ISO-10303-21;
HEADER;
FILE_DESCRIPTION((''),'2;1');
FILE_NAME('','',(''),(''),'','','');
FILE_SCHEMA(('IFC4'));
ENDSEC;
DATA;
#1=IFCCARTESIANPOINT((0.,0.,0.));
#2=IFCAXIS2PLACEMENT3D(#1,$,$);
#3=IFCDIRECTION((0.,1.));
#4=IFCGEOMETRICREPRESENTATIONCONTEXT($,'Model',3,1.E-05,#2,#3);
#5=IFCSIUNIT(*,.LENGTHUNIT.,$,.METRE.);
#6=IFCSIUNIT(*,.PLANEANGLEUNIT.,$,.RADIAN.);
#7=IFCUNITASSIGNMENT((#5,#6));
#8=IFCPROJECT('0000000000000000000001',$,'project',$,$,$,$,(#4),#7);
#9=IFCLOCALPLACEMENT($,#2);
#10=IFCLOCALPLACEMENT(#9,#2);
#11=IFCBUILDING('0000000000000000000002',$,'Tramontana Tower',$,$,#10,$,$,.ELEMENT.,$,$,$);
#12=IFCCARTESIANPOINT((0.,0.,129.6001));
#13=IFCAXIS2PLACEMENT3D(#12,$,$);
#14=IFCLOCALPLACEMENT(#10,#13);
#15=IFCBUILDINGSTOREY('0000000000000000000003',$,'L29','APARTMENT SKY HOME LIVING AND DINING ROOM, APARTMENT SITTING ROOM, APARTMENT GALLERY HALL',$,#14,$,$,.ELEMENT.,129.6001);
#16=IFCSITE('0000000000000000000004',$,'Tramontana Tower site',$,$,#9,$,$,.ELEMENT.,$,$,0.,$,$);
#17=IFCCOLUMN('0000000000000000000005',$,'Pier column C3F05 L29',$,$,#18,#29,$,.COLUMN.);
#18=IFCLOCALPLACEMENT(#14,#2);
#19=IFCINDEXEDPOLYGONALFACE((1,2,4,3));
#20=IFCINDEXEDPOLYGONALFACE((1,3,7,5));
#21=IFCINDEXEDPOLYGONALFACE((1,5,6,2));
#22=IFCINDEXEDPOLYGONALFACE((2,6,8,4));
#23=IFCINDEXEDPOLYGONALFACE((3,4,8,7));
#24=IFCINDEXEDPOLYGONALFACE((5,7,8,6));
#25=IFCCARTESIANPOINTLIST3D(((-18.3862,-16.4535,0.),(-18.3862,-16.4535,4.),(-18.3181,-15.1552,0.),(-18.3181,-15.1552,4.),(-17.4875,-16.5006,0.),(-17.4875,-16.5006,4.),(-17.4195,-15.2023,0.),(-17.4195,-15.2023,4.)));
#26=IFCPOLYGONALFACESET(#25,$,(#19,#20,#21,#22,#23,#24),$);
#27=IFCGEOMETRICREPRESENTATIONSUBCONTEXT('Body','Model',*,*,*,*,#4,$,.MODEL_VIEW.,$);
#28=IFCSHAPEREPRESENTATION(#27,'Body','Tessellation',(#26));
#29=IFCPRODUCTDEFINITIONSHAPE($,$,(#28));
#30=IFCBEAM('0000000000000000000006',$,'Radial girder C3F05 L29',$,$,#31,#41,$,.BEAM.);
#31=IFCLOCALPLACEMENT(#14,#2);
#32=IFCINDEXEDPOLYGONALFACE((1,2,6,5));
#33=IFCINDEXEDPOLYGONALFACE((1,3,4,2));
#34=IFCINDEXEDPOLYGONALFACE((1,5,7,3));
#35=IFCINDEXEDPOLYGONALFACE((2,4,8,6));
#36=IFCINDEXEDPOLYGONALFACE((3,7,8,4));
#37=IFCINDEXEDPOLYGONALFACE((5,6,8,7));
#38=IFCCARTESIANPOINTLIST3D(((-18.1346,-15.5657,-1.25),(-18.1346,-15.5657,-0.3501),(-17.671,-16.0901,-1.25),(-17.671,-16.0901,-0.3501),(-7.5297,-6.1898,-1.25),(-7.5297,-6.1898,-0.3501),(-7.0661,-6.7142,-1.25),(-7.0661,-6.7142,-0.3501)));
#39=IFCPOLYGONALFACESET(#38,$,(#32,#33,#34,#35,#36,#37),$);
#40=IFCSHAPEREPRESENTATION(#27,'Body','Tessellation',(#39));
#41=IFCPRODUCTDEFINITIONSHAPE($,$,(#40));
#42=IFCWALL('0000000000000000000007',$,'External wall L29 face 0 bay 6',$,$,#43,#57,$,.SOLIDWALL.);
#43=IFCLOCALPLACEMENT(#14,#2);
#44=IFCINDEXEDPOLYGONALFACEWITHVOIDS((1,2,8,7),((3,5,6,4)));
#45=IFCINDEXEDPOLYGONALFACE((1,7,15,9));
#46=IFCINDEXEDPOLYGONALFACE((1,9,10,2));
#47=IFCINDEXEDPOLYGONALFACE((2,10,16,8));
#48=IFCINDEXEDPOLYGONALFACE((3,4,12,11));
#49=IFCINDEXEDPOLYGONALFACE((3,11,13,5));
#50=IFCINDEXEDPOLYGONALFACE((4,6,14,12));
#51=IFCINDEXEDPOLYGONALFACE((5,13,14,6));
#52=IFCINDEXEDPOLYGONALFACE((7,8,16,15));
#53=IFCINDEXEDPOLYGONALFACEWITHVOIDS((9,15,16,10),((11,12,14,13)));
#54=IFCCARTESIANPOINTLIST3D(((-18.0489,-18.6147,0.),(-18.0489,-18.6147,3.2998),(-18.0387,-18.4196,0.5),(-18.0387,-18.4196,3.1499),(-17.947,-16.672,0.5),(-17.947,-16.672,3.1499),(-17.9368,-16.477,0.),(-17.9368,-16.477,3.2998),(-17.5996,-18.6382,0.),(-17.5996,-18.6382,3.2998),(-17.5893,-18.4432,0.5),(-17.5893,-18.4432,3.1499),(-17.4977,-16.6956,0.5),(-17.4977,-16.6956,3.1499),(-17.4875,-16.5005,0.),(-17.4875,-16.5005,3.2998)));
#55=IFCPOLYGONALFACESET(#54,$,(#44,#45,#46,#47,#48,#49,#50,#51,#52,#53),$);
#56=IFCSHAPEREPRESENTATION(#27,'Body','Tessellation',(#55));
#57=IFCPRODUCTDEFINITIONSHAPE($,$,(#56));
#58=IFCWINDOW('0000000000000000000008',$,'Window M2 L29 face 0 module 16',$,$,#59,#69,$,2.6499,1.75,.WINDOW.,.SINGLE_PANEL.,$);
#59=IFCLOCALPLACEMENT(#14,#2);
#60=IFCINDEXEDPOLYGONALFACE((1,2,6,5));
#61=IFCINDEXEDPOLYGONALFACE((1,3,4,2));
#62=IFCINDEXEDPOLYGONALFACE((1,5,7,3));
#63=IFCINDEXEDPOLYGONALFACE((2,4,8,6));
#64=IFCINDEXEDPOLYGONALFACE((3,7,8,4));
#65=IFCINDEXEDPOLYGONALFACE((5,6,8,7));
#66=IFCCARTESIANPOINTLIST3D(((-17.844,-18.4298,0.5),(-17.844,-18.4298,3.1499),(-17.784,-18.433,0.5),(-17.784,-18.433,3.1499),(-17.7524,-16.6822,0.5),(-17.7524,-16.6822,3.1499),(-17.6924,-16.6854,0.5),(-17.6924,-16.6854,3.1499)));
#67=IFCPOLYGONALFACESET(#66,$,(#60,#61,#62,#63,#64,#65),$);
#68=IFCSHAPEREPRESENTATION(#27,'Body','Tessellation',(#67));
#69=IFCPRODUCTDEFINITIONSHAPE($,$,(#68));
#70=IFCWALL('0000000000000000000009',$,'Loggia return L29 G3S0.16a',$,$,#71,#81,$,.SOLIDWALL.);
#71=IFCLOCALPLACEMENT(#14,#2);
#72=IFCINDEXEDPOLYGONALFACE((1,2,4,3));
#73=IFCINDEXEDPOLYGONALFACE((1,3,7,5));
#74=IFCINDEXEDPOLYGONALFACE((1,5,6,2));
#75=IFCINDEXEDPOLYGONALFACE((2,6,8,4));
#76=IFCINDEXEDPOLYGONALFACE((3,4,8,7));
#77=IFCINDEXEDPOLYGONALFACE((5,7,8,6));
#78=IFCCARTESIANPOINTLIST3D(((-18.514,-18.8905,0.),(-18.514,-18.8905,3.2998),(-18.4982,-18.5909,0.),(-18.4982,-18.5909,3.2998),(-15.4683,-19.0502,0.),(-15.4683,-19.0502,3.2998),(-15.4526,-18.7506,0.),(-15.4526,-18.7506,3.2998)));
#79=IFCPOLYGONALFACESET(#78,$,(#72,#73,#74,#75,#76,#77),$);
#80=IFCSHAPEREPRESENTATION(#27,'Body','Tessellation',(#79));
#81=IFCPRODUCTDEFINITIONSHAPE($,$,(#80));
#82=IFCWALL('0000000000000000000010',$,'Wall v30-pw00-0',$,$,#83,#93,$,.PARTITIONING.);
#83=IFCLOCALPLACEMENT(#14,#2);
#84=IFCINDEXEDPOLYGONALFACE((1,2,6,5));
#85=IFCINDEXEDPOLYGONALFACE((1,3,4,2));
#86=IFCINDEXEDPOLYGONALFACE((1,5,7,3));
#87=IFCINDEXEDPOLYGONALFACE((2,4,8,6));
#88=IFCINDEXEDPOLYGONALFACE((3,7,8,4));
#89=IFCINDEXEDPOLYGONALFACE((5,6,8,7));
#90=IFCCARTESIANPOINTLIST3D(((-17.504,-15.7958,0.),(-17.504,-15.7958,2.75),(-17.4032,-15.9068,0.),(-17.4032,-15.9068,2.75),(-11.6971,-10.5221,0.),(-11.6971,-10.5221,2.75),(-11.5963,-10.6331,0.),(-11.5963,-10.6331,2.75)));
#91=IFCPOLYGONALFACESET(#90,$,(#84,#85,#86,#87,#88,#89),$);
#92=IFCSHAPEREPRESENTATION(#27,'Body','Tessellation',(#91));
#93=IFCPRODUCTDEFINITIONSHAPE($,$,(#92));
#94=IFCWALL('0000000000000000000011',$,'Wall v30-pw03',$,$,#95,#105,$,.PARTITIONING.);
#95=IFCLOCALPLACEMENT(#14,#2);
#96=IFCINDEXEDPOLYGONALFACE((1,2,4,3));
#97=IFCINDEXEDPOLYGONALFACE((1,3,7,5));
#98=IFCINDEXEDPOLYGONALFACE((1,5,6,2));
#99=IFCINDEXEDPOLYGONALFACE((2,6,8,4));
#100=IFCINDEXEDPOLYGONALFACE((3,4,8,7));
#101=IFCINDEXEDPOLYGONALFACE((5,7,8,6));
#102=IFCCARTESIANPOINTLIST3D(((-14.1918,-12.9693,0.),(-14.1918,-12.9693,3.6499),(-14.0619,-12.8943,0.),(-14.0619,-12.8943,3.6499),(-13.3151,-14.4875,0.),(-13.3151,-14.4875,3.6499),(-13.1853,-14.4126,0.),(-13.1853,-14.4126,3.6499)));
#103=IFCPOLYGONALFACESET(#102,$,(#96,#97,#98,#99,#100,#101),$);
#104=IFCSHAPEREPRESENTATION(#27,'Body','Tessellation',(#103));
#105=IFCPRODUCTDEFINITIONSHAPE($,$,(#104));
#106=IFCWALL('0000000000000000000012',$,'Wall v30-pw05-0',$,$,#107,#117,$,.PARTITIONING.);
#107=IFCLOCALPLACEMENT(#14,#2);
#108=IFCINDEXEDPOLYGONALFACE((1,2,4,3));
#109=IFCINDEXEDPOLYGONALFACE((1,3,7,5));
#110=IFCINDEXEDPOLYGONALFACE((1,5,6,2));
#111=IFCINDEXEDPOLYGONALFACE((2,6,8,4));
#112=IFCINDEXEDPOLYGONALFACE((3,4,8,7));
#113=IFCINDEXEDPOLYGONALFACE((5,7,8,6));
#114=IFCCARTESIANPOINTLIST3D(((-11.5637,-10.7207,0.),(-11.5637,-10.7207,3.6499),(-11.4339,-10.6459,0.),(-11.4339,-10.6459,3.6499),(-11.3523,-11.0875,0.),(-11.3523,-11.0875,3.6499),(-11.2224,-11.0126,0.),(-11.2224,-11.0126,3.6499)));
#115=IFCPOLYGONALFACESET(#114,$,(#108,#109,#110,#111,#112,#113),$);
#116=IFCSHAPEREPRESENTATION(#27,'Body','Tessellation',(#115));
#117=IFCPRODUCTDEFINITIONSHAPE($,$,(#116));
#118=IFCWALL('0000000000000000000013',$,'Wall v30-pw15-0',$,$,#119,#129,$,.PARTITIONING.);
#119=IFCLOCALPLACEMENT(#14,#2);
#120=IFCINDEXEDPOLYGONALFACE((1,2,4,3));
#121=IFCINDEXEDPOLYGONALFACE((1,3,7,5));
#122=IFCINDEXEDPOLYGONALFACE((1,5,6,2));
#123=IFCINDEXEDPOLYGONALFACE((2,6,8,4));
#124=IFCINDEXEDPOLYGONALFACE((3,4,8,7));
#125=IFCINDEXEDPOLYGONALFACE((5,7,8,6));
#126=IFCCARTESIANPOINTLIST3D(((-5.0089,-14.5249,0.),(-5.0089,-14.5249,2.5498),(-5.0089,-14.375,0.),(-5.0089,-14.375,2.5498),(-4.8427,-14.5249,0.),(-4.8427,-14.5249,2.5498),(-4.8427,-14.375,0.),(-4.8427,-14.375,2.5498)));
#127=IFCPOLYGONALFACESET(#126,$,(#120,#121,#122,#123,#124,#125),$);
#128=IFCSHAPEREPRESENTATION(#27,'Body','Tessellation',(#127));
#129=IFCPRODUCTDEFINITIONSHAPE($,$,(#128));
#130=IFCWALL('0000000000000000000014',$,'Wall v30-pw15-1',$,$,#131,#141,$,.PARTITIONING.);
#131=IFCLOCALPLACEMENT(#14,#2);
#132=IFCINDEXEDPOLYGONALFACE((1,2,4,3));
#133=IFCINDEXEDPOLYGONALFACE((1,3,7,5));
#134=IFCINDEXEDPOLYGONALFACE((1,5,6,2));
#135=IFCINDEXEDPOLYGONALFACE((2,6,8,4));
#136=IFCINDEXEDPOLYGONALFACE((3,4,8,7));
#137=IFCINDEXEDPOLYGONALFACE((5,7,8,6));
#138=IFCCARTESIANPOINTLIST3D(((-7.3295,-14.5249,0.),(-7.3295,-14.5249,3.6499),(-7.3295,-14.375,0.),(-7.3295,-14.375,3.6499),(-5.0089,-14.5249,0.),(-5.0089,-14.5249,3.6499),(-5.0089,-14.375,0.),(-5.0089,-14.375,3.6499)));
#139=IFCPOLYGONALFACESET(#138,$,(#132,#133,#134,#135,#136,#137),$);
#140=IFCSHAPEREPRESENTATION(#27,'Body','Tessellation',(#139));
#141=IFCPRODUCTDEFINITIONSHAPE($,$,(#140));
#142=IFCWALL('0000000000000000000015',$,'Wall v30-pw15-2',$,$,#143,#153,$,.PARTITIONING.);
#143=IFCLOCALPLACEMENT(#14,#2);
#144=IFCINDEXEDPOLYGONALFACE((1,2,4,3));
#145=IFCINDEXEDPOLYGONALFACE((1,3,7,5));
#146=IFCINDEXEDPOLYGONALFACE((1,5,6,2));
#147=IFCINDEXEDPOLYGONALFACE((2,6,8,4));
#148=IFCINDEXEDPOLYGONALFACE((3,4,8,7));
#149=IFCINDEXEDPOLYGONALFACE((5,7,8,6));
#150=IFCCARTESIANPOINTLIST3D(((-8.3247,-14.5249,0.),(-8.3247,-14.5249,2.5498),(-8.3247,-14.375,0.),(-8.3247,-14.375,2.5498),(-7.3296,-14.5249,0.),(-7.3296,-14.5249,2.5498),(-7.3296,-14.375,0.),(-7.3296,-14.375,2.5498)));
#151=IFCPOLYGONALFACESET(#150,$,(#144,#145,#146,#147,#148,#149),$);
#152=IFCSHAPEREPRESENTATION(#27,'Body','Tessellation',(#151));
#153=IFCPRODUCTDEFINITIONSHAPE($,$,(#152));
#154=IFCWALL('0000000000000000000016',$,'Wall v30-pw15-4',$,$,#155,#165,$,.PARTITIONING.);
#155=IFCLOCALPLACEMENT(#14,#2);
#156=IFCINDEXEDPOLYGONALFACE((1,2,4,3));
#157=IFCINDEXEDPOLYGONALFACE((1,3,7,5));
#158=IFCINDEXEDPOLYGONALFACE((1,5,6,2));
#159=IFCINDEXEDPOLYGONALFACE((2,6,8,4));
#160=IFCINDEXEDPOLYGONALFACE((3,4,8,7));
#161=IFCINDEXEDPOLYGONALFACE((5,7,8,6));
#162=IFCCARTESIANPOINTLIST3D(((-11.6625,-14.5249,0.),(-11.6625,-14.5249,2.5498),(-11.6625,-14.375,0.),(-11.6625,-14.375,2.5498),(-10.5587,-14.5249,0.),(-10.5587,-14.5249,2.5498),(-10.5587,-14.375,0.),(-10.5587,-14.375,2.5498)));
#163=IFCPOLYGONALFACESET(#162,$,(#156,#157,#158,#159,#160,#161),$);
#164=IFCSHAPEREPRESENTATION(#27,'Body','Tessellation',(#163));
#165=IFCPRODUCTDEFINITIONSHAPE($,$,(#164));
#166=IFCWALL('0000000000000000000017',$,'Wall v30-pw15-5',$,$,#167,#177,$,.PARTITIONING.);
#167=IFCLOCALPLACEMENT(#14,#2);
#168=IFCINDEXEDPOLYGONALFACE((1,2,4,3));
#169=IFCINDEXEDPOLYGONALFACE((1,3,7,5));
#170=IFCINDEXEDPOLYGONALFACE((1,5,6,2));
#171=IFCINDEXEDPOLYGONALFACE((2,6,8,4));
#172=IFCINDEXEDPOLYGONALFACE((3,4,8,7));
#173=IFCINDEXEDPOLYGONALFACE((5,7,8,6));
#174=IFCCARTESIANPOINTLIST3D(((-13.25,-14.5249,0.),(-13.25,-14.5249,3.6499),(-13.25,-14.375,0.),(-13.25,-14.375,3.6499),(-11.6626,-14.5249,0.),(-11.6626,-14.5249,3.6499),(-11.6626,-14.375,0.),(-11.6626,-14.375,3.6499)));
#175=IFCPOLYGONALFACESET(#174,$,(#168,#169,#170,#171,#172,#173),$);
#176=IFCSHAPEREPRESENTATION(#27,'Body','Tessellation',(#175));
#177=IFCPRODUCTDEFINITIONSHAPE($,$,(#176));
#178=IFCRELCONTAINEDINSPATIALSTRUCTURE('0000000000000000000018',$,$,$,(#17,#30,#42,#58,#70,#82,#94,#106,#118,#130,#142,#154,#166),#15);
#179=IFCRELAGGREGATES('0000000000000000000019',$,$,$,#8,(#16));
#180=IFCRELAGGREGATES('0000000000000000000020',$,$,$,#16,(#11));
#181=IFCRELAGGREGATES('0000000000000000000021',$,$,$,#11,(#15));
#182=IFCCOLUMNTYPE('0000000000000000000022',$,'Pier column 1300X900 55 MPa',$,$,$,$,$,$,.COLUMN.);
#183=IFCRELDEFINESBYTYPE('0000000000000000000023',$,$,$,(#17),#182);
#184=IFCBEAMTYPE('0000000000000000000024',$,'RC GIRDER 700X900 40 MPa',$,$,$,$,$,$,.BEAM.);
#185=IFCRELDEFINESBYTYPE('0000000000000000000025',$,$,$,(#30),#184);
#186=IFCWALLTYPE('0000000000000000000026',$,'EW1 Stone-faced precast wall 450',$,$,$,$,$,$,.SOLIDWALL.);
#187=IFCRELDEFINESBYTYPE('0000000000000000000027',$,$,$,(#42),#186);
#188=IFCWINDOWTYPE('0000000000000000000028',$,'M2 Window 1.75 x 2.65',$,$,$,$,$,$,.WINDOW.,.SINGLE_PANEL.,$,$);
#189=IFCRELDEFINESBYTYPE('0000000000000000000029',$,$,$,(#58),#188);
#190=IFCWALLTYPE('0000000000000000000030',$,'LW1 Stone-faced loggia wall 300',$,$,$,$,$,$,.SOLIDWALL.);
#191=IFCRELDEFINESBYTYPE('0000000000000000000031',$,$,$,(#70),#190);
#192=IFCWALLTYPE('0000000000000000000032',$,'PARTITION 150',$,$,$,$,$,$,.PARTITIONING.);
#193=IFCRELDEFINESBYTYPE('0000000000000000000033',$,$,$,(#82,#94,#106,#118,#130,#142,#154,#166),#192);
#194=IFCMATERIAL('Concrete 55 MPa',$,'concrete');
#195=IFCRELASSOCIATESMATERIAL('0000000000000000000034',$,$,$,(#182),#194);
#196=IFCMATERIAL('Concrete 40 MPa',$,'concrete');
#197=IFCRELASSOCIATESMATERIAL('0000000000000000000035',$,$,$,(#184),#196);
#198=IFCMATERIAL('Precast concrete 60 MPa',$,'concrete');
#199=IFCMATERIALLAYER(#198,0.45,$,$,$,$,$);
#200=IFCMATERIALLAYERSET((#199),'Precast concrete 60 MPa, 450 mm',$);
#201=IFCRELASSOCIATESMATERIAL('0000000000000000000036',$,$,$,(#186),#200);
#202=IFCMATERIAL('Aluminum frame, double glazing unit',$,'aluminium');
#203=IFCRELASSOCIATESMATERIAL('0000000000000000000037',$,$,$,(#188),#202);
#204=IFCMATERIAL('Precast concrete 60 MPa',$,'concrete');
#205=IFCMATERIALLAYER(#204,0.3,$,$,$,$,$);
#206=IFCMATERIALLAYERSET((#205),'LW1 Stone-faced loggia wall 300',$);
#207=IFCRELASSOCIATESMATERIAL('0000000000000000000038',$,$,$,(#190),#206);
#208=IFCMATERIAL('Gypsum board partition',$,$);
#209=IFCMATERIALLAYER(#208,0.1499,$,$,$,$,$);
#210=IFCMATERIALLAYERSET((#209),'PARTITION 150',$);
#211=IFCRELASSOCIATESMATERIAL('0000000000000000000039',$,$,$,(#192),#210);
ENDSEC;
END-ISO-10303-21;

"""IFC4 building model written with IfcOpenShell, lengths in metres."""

from ifc_helpers import new_model, si_unit, direction, frame, frame_2d, origin, origin_2d, place, context, subcontext, project, spatial, rectangle, extrude, material, layer, layer_set, material_profile, profile_set, type_object, element, fill, save


model = new_model("IFC4")

# Units and contexts
model_context = context("Model", 3, precision=1e-05, world=origin(), true_north=direction((0.0, 1.0)))
body_context = subcontext(model_context, "Body", "Model", "MODEL_VIEW")
ifc_project = project(units=[si_unit("LENGTHUNIT", "METRE"), si_unit("PLANEANGLEUNIT", "RADIAN")], contexts=[model_context])

# Site, building, storey
site_placement = place(None, origin())
site = spatial("IfcSite", under=ifc_project, at=site_placement, Name="Tramontana Tower site", CompositionType="ELEMENT", RefElevation=0.0)
building_placement = place(site_placement, origin())
building = spatial("IfcBuilding", under=site, at=building_placement, Name="Tramontana Tower", CompositionType="ELEMENT")
storey_placement = place(building_placement, frame((0.0, 0.0, 129.6001)))
storey = spatial("IfcBuildingStorey", under=building, at=storey_placement, Name="L29", Description="APARTMENT SKY HOME LIVING AND DINING ROOM, APARTMENT SITTING ROOM, APARTMENT GALLERY HALL", CompositionType="ELEMENT", Elevation=129.6001)

# Column
ifc_material_1 = material(Name="Concrete 55 MPa", Category="concrete")
ifc_material_profile_1 = material_profile(ifc_material_1, rectangle(XDim=1.3, YDim=0.8999, at=origin_2d()), Name="Pier column 1300X900 55 MPa")
ifc_profile_set_1 = profile_set([ifc_material_profile_1], Name="Concrete 55 MPa")
column_type = type_object("IfcColumnType", Name="Pier column 1300X900 55 MPa", PredefinedType="COLUMN", material=ifc_profile_set_1)
column_placement = place(storey_placement, frame((-17.9028, -15.8279, 0.0), z_axis=(0.0, 0.0, 1.0), x_axis=(-0.052336, -0.99863, 0.0)))
element("IfcColumn", 1, at=column_placement, inside=storey, type_object=column_type, Name="Pier column C3F05 L29", PredefinedType="COLUMN", context=body_context, shape_type="SweptSolid", body=[
    extrude(rectangle(XDim=1.3, YDim=0.8999, at=origin_2d()), origin(), (0.0, 0.0, 1.0), 4.0),
])

# Beam
ifc_material_2 = material(Name="Concrete 40 MPa", Category="concrete")
ifc_material_profile_2 = material_profile(ifc_material_2, rectangle(XDim=0.7, YDim=0.8999, at=origin_2d()), Name="RC GIRDER 700X900 40 MPa")
ifc_profile_set_2 = profile_set([ifc_material_profile_2], Name="Concrete 40 MPa")
beam_type = type_object("IfcBeamType", Name="RC GIRDER 700X900 40 MPa", PredefinedType="BEAM", material=ifc_profile_set_2)
beam_placement = place(storey_placement, frame((-17.9028, -15.8279, -0.8), z_axis=(0.749184, 0.662362, 0.0), x_axis=(-0.662362, 0.749184, 0.0)))
element("IfcBeam", 2, at=beam_placement, inside=storey, type_object=beam_type, Name="Radial girder C3F05 L29", PredefinedType="BEAM", context=body_context, shape_type="SweptSolid", body=[
    extrude(rectangle(XDim=0.7, YDim=0.8999, at=origin_2d()), origin(), (0.0, 0.0, 1.0), 14.1553),
])

# Wall, opening, window
ifc_material_3 = material(Name="Precast concrete 60 MPa", Category="concrete")
ifc_layer_1 = layer(ifc_material_3, 0.45)
ifc_layer_set_1 = layer_set([ifc_layer_1], Name="Precast concrete 60 MPa, 450 mm")
wall_type_1 = type_object("IfcWallType", Name="EW1 Stone-faced precast wall 450", PredefinedType="SOLIDWALL", material=ifc_layer_set_1)
wall_1_placement = place(storey_placement, frame((-17.7122, -16.4888, 0.0), z_axis=(0.0, 0.0, 1.0), x_axis=(-0.052349, -0.998629, 0.0)))
wall_1 = element("IfcWall", 3, at=wall_1_placement, inside=storey, type_object=wall_type_1, Name="External wall L29 face 0 bay 6", PredefinedType="SOLIDWALL", context=body_context, shape_type="SweptSolid", body=[
    extrude(rectangle(XDim=2.1406, YDim=0.45, at=frame_2d((1.0703, 0.0))), origin(), (0.0, 0.0, 1.0), 3.2998),
])
opening_1_placement = place(wall_1_placement, frame((0.1953, 0.0, 0.5)))
opening_1 = element("IfcOpeningElement", 4, at=opening_1_placement, cuts=wall_1, PredefinedType="OPENING", context=body_context, shape_type="SweptSolid", body=[
    extrude(rectangle(XDim=1.75, YDim=2.6499, at=frame_2d((0.875, 1.325))), frame((0.0, 0.2349, 0.0), z_axis=(0.0, -1.0, 0.0), x_axis=(1.0, 0.0, 0.0)), (0.0, 0.0, 1.0), 0.47),
])
ifc_material_4 = material(Name="Aluminum frame, double glazing unit", Category="aluminium")
window_type = type_object("IfcWindowType", Name="M2 Window 1.75 x 2.65", PartitioningType="SINGLE_PANEL", PredefinedType="WINDOW", material=ifc_material_4)
window_placement = place(opening_1_placement, origin())
window = element("IfcWindow", 5, at=window_placement, inside=storey, type_object=window_type, Name="Window M2 L29 face 0 module 16", OverallHeight=2.6499, OverallWidth=1.75, PartitioningType="SINGLE_PANEL", PredefinedType="WINDOW", context=body_context, shape_type="SweptSolid", body=[
    extrude(rectangle(XDim=1.75, YDim=2.6499, at=frame_2d((0.875, 1.325))), frame((0.0, 0.03, 0.0), z_axis=(0.0, -1.0, 0.0), x_axis=(1.0, 0.0, 0.0)), (0.0, 0.0, 1.0), 0.0601),
])
fill(opening_1, window)

# Walls
ifc_material_5 = material(Name="Precast concrete 60 MPa", Category="concrete")
ifc_layer_2 = layer(ifc_material_5, 0.3)
ifc_layer_set_2 = layer_set([ifc_layer_2], Name="LW1 Stone-faced loggia wall 300")
wall_type_2 = type_object("IfcWallType", Name="LW1 Stone-faced loggia wall 300", PredefinedType="SOLIDWALL", material=ifc_layer_set_2)
wall_2_placement = place(storey_placement, frame((-18.5061, -18.7407, 0.0), z_axis=(0.0, 0.0, 1.0), x_axis=(0.998629, -0.052353, 0.0)))
element("IfcWall", 6, at=wall_2_placement, inside=storey, type_object=wall_type_2, Name="Loggia return L29 G3S0.16a", PredefinedType="SOLIDWALL", context=body_context, shape_type="SweptSolid", body=[
    extrude(rectangle(XDim=3.0498, YDim=0.3, at=frame_2d((1.5249, 0.0))), origin(), (0.0, 0.0, 1.0), 3.2998),
])
ifc_material_6 = material(Name="Gypsum board partition")
ifc_layer_3 = layer(ifc_material_6, 0.1499)
ifc_layer_set_3 = layer_set([ifc_layer_3], Name="PARTITION 150")
wall_type_3 = type_object("IfcWallType", Name="PARTITION 150", PredefinedType="PARTITIONING", material=ifc_layer_set_3)
wall_3_placement = place(storey_placement, frame((-17.4536, -15.8513, 0.0), z_axis=(0.0, 0.0, 1.0), x_axis=(0.740277, 0.672302, 0.0)))
element("IfcWall", 7, at=wall_3_placement, inside=storey, type_object=wall_type_3, Name="Wall v30-pw00-0", PredefinedType="PARTITIONING", context=body_context, shape_type="SweptSolid", body=[
    extrude(rectangle(XDim=7.8442, YDim=0.1499, at=frame_2d((3.9221, 0.0))), origin(), (0.0, 0.0, 1.0), 2.75),
])
wall_4_placement = place(storey_placement, frame((-13.2502, -14.45, 0.0), z_axis=(0.0, 0.0, 1.0), x_axis=(-0.500048, 0.865998, 0.0)))
element("IfcWall", 8, at=wall_4_placement, inside=storey, type_object=wall_type_3, Name="Wall v30-pw03", PredefinedType="PARTITIONING", context=body_context, shape_type="SweptSolid", body=[
    extrude(rectangle(XDim=1.7532, YDim=0.1499, at=frame_2d((0.8765, 0.0))), origin(), (0.0, 0.0, 1.0), 3.6499),
])
wall_5_placement = place(storey_placement, frame((-11.2874, -11.05, 0.0), z_axis=(0.0, 0.0, 1.0), x_axis=(-0.499489, 0.86632, 0.0)))
element("IfcWall", 9, at=wall_5_placement, inside=storey, type_object=wall_type_3, Name="Wall v30-pw05-0", PredefinedType="PARTITIONING", context=body_context, shape_type="SweptSolid", body=[
    extrude(rectangle(XDim=0.4233, YDim=0.1499, at=frame_2d((0.2117, 0.0))), origin(), (0.0, 0.0, 1.0), 3.6499),
])
wall_6_placement = place(storey_placement, frame((-4.8428, -14.45, 0.0), z_axis=(0.0, 0.0, 1.0), x_axis=(-1.0, 0.0, 0.0)))
element("IfcWall", 10, at=wall_6_placement, inside=storey, type_object=wall_type_3, Name="Wall v30-pw15-0", PredefinedType="PARTITIONING", context=body_context, shape_type="SweptSolid", body=[
    extrude(rectangle(XDim=0.1663, YDim=0.1499, at=frame_2d((0.083, 0.0))), origin(), (0.0, 0.0, 1.0), 2.5498),
])
wall_7_placement = place(storey_placement, frame((-5.009, -14.45, 0.0), z_axis=(0.0, 0.0, 1.0), x_axis=(-1.0, 0.0, 0.0)))
element("IfcWall", 11, at=wall_7_placement, inside=storey, type_object=wall_type_3, Name="Wall v30-pw15-1", PredefinedType="PARTITIONING", context=body_context, shape_type="SweptSolid", body=[
    extrude(rectangle(XDim=2.3206, YDim=0.1499, at=frame_2d((1.1602, 0.0))), origin(), (0.0, 0.0, 1.0), 3.6499),
])
wall_8_placement = place(storey_placement, frame((-7.3296, -14.45, 0.0), z_axis=(0.0, 0.0, 1.0), x_axis=(-1.0, 0.0, 0.0)))
element("IfcWall", 12, at=wall_8_placement, inside=storey, type_object=wall_type_3, Name="Wall v30-pw15-2", PredefinedType="PARTITIONING", context=body_context, shape_type="SweptSolid", body=[
    extrude(rectangle(XDim=0.9951, YDim=0.1499, at=frame_2d((0.4976, 0.0))), origin(), (0.0, 0.0, 1.0), 2.5498),
])

# Walls
wall_9_placement = place(storey_placement, frame((-10.5588, -14.45, 0.0), z_axis=(0.0, 0.0, 1.0), x_axis=(-1.0, 0.0, 0.0)))
element("IfcWall", 13, at=wall_9_placement, inside=storey, type_object=wall_type_3, Name="Wall v30-pw15-4", PredefinedType="PARTITIONING", context=body_context, shape_type="SweptSolid", body=[
    extrude(rectangle(XDim=1.1038, YDim=0.1499, at=frame_2d((0.5518, 0.0))), origin(), (0.0, 0.0, 1.0), 2.5498),
])
wall_10_placement = place(storey_placement, frame((-11.6626, -14.45, 0.0), z_axis=(0.0, 0.0, 1.0), x_axis=(-1.0, 0.0, 0.0)))
element("IfcWall", 14, at=wall_10_placement, inside=storey, type_object=wall_type_3, Name="Wall v30-pw15-5", PredefinedType="PARTITIONING", context=body_context, shape_type="SweptSolid", body=[
    extrude(rectangle(XDim=1.5874, YDim=0.1499, at=frame_2d((0.7937, 0.0))), origin(), (0.0, 0.0, 1.0), 3.6499),
])

save(model, "model.ifc")
